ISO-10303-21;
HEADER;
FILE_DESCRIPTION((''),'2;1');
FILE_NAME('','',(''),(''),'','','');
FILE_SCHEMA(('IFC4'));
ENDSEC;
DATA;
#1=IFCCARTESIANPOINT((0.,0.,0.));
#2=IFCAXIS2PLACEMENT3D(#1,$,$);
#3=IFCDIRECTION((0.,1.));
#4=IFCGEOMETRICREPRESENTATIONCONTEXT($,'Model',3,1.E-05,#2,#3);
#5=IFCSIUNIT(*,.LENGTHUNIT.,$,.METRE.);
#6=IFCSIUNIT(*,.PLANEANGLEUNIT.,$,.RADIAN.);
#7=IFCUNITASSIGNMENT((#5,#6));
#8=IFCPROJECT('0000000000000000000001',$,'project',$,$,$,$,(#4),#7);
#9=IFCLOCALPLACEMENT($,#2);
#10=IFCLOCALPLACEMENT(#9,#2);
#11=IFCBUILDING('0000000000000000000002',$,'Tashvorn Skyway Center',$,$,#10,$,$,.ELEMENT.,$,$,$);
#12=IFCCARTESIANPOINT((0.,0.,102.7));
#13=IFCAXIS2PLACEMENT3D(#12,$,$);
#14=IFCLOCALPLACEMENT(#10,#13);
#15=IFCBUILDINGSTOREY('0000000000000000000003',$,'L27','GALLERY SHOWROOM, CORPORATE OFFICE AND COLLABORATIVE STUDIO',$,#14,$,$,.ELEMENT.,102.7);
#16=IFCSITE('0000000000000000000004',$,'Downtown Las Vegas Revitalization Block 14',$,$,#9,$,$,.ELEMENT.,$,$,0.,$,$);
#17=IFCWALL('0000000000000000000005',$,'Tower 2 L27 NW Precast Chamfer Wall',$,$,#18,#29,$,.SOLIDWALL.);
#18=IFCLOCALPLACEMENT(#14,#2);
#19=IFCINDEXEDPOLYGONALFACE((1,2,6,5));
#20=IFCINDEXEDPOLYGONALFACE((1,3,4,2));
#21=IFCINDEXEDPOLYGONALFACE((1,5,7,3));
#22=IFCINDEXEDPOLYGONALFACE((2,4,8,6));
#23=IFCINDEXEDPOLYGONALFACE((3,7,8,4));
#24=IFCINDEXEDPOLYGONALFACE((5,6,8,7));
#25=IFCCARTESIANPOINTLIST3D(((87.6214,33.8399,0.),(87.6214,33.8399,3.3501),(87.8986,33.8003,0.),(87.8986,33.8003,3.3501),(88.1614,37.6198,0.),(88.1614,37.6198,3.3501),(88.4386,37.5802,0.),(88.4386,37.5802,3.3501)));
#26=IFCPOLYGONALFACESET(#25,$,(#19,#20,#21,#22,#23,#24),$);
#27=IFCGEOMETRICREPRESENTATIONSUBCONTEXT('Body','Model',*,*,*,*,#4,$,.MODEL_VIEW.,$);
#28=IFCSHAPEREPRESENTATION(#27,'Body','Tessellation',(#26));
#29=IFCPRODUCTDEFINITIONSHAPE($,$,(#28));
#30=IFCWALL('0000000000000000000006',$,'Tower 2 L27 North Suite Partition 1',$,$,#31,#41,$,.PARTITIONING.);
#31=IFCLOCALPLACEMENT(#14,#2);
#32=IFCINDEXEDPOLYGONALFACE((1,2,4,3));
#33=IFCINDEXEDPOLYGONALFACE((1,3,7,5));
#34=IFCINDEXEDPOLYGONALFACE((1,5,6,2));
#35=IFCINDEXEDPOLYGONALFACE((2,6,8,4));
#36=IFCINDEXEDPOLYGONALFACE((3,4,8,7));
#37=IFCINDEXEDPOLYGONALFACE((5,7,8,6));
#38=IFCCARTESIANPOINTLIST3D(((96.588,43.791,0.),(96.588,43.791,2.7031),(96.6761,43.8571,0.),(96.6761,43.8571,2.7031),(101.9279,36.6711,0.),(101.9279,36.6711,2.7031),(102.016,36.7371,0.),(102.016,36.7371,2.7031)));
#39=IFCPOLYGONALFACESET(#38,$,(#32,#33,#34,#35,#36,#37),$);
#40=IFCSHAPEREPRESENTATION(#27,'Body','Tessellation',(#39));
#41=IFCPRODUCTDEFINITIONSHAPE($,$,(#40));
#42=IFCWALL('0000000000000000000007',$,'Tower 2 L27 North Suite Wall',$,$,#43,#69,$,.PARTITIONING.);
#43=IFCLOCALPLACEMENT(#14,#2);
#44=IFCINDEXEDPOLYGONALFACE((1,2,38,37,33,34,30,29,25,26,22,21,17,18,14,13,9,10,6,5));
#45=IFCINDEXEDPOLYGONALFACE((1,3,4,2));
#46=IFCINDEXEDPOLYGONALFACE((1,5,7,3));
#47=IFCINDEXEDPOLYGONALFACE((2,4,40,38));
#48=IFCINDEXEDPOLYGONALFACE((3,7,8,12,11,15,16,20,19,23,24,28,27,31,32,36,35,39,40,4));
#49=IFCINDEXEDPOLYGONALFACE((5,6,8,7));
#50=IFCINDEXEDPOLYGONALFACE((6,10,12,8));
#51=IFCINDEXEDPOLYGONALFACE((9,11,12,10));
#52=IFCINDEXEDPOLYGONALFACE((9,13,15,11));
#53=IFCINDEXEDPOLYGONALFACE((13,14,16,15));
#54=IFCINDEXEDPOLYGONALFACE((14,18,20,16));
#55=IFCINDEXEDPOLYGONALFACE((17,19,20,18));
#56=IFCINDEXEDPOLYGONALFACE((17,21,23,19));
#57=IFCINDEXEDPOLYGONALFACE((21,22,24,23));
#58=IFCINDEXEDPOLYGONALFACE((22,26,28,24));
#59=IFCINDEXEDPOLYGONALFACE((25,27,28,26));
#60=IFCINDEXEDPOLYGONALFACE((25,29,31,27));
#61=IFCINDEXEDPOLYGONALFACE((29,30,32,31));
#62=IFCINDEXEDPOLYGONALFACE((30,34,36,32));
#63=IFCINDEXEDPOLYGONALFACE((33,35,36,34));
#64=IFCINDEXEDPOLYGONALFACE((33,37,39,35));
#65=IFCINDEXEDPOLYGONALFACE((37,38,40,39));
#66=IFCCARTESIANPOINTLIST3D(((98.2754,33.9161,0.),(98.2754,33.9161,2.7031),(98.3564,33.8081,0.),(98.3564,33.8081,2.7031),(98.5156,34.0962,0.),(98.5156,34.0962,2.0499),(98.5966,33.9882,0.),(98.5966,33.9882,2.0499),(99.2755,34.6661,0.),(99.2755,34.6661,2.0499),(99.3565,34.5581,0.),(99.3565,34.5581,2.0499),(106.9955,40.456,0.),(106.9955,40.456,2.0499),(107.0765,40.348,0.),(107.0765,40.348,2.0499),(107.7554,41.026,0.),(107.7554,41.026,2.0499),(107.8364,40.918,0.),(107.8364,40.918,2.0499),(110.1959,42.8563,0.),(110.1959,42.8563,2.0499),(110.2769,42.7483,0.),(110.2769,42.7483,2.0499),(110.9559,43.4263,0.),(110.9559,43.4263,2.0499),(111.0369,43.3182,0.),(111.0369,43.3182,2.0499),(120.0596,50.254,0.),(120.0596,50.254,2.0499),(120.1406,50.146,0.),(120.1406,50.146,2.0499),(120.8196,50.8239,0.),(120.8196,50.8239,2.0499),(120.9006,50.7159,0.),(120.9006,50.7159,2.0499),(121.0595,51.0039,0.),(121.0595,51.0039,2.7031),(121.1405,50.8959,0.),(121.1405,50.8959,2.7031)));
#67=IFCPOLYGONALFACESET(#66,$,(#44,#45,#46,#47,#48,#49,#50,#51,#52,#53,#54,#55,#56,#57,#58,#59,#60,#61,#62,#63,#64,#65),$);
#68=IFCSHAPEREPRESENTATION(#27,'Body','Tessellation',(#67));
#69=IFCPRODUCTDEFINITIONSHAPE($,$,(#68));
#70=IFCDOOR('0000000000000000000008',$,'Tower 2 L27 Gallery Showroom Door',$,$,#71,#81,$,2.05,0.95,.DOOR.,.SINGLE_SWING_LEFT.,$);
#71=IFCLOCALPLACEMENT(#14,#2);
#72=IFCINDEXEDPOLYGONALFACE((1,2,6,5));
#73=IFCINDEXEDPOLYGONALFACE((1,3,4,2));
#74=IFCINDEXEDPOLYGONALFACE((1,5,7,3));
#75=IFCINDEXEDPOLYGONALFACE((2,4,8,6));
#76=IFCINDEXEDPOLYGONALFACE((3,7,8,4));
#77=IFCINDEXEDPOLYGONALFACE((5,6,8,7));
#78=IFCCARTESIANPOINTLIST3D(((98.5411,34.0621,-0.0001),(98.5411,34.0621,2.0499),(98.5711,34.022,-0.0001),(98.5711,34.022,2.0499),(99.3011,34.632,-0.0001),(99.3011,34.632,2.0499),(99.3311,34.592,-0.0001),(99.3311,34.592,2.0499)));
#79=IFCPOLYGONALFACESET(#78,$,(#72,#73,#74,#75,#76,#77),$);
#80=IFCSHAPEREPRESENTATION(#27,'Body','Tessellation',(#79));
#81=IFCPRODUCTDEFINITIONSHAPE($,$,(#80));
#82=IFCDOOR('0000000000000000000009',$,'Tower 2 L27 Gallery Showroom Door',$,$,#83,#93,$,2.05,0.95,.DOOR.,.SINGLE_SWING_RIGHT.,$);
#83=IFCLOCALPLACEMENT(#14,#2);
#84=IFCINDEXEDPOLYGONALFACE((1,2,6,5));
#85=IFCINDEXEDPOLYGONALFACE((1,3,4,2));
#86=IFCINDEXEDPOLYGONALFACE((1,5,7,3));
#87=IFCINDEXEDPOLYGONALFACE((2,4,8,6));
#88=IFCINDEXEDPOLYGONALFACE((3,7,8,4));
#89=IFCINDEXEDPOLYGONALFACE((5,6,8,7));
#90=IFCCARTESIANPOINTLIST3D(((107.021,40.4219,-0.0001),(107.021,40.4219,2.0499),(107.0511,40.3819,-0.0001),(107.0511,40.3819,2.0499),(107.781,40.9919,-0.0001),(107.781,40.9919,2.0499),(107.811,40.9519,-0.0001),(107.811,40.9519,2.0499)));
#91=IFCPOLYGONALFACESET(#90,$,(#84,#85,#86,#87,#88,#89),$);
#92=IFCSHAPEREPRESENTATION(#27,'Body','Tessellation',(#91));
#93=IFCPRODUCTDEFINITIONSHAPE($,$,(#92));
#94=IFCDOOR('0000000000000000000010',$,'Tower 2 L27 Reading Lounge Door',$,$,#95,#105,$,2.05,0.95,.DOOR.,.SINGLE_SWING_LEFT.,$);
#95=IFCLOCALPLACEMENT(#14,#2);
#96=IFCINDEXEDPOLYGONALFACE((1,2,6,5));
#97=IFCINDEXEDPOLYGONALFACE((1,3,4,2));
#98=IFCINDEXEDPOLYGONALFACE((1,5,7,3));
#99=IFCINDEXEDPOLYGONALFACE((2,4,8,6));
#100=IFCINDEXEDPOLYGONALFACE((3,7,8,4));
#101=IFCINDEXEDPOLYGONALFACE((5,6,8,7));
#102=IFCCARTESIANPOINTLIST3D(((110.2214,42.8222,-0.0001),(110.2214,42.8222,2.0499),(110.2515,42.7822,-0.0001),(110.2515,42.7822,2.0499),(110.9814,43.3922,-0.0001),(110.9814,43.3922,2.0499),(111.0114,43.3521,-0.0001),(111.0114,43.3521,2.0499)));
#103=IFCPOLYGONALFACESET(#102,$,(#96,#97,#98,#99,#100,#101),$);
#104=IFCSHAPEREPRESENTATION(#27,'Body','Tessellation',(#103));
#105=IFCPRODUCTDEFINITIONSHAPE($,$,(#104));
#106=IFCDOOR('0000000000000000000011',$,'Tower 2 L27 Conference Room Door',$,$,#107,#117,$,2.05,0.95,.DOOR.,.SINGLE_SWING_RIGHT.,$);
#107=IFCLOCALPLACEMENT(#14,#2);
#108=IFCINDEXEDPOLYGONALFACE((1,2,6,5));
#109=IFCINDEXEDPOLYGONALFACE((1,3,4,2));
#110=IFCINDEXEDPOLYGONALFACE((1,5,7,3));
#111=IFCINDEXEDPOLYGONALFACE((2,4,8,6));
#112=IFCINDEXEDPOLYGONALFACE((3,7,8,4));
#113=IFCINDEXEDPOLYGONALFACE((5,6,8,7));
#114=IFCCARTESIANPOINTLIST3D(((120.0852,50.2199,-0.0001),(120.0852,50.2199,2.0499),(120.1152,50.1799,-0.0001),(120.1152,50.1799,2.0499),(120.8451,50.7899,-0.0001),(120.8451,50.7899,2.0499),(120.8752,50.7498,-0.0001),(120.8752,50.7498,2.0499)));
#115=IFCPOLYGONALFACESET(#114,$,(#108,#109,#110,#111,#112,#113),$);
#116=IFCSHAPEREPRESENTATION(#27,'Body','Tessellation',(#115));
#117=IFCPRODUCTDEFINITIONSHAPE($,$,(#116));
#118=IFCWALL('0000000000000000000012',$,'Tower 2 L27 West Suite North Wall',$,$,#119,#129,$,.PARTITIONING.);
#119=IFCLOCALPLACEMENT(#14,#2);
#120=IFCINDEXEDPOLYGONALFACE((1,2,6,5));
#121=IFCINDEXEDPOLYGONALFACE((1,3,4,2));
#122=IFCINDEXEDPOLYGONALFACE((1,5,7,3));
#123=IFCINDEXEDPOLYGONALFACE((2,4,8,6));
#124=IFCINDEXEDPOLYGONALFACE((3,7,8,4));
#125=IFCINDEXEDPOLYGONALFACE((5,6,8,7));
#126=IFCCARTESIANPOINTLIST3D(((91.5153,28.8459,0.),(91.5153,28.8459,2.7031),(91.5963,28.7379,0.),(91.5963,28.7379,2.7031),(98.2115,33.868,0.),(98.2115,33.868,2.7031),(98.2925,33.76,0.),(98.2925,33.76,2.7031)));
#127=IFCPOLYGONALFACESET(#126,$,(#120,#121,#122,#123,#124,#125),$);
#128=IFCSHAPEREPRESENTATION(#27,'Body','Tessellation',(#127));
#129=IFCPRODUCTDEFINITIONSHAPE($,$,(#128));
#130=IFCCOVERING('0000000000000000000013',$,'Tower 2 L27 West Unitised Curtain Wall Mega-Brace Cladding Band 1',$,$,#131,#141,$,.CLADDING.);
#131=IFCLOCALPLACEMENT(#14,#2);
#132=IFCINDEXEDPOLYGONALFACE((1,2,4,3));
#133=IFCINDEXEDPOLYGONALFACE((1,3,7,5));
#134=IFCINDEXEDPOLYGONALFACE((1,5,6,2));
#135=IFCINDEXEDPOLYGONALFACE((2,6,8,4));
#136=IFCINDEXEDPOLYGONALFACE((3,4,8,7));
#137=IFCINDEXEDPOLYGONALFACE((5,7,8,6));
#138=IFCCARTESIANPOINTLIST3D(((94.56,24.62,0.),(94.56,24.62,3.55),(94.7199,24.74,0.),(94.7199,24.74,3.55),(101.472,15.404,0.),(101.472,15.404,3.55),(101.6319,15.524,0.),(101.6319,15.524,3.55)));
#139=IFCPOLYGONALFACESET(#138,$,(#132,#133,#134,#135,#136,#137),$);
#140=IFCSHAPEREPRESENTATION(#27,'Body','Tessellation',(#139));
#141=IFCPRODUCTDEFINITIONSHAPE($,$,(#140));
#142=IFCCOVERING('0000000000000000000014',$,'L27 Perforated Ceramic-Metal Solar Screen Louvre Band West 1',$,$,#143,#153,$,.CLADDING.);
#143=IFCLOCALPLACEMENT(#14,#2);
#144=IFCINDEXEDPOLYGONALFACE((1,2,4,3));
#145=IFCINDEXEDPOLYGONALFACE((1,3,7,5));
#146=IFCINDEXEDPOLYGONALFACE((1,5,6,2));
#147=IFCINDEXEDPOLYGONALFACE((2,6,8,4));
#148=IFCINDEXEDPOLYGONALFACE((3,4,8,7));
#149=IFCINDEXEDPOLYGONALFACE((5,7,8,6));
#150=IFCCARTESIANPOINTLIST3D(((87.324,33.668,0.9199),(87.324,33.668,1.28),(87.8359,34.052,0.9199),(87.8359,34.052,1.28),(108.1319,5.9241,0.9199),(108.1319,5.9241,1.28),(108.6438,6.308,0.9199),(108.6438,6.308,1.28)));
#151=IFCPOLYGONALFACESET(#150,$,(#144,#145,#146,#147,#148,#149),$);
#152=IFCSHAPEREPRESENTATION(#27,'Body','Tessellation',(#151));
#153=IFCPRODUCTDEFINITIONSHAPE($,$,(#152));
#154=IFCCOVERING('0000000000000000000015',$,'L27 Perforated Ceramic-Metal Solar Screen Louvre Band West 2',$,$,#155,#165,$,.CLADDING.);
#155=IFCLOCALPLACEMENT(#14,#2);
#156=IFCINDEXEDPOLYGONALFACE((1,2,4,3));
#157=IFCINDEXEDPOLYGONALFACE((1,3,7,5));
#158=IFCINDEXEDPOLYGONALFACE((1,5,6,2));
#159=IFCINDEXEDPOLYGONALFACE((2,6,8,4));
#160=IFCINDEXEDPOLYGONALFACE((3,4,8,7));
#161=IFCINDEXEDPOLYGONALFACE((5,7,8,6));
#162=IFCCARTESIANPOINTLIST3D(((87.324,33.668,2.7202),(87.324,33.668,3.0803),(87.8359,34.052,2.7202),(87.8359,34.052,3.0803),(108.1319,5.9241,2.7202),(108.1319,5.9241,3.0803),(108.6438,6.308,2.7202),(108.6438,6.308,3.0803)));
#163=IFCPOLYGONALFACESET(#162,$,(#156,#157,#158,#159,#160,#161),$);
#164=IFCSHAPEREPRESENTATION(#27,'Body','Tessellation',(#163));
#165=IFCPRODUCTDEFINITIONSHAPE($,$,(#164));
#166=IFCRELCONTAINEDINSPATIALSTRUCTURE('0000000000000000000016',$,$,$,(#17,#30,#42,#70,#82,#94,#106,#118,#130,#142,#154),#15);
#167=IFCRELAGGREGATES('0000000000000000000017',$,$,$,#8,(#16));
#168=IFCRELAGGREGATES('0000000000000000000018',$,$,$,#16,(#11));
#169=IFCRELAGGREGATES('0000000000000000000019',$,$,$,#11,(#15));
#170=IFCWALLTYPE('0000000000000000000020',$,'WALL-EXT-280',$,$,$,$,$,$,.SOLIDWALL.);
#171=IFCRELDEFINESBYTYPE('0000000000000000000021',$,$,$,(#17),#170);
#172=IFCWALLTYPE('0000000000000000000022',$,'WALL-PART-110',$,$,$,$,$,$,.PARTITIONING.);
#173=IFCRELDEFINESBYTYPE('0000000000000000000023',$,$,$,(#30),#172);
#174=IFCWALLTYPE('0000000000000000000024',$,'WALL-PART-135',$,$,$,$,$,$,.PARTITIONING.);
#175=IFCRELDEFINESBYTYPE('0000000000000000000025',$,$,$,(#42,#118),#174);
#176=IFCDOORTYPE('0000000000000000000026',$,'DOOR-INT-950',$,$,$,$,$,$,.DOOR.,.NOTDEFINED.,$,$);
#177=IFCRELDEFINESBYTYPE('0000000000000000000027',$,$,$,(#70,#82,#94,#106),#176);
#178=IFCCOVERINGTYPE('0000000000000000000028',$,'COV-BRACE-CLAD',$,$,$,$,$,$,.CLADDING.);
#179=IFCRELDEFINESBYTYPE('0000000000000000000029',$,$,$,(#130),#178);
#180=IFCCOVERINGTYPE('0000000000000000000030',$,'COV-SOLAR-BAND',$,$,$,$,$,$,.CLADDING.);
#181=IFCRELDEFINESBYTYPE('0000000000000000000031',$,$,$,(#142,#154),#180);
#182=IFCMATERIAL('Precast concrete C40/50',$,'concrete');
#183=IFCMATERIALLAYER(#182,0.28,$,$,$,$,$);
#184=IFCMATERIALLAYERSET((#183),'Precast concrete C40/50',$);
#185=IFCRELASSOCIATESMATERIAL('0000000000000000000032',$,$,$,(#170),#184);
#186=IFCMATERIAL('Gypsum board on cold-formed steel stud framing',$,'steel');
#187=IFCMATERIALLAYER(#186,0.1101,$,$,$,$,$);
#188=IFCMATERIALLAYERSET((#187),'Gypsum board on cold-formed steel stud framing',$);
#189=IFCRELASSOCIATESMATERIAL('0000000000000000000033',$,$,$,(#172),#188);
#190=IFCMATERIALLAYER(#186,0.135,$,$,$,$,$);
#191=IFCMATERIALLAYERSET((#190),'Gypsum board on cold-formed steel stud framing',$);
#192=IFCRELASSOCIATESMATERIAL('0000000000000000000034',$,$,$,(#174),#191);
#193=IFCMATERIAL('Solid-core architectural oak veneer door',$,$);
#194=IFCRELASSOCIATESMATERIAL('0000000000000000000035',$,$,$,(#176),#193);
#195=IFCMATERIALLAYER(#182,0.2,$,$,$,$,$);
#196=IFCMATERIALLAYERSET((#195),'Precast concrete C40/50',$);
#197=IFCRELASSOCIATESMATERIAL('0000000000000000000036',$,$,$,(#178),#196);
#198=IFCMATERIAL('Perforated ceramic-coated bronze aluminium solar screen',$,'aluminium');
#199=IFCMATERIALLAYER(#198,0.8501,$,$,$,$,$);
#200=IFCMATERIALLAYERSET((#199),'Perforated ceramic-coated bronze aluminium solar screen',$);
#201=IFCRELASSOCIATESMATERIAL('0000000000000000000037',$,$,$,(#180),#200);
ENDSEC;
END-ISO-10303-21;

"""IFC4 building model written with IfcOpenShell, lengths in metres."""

from ifc_helpers import new_model, si_unit, direction, frame, frame_2d, origin, origin_2d, place, context, subcontext, project, spatial, rectangle, extrude, material, layer, layer_set, type_object, element, fill, save


model = new_model("IFC4")

# Units and contexts
model_context = context("Model", 3, precision=1e-05, world=origin(), true_north=direction((0.0, 1.0)))
body_context = subcontext(model_context, "Body", "Model", "MODEL_VIEW")
ifc_project = project(units=[si_unit("LENGTHUNIT", "METRE"), si_unit("PLANEANGLEUNIT", "RADIAN")], contexts=[model_context])

# Site, building, storey
site_placement = place(None, origin())
site = spatial("IfcSite", under=ifc_project, at=site_placement, Name="Downtown Las Vegas Revitalization Block 14", CompositionType="ELEMENT", RefElevation=0.0)
building_placement = place(site_placement, origin())
building = spatial("IfcBuilding", under=site, at=building_placement, Name="Tashvorn Skyway Center", CompositionType="ELEMENT")
storey_placement = place(building_placement, frame((0.0, 0.0, 102.7)))
storey = spatial("IfcBuildingStorey", under=building, at=storey_placement, Name="L27", Description="GALLERY SHOWROOM, CORPORATE OFFICE AND COLLABORATIVE STUDIO", CompositionType="ELEMENT", Elevation=102.7)

# Walls
ifc_material_1 = material(Name="Precast concrete C40/50", Category="concrete")
ifc_layer_1 = layer(ifc_material_1, 0.28)
ifc_layer_set_1 = layer_set([ifc_layer_1], Name="Precast concrete C40/50")
wall_type_1 = type_object("IfcWallType", Name="WALL-EXT-280", PredefinedType="SOLIDWALL", material=ifc_layer_set_1)
wall_1_placement = place(storey_placement, frame((87.76, 33.8201, 0.0), z_axis=(0.0, 0.0, 1.0), x_axis=(0.14143, 0.989948, 0.0)))
element("IfcWall", 1, at=wall_1_placement, inside=storey, type_object=wall_type_1, Name="Tower 2 L27 NW Precast Chamfer Wall", PredefinedType="SOLIDWALL", context=body_context, shape_type="SweptSolid", body=[
    extrude(rectangle(XDim=3.8184, YDim=0.28, at=frame_2d((1.9092, 0.0))), origin(), (0.0, 0.0, 1.0), 3.3501),
])
ifc_material_2 = material(Name="Gypsum board on cold-formed steel stud framing", Category="steel")
ifc_layer_2 = layer(ifc_material_2, 0.1101)
ifc_layer_set_2 = layer_set([ifc_layer_2], Name="Gypsum board on cold-formed steel stud framing")
wall_type_2 = type_object("IfcWallType", Name="WALL-PART-110", PredefinedType="PARTITIONING", material=ifc_layer_set_2)
wall_2_placement = place(storey_placement, frame((101.9719, 36.7041, 0.0), z_axis=(0.0, 0.0, 1.0), x_axis=(-0.599996, 0.800003, 0.0)))
element("IfcWall", 2, at=wall_2_placement, inside=storey, type_object=wall_type_2, Name="Tower 2 L27 North Suite Partition 1", PredefinedType="PARTITIONING", context=body_context, shape_type="SweptSolid", body=[
    extrude(rectangle(XDim=8.8999, YDim=0.1101, at=frame_2d((4.45, 0.0))), origin(), (0.0, 0.0, 1.0), 2.7031),
])

# Wall, openings, doors
ifc_layer_3 = layer(ifc_material_2, 0.135)
ifc_layer_set_3 = layer_set([ifc_layer_3], Name="Gypsum board on cold-formed steel stud framing")
wall_type_3 = type_object("IfcWallType", Name="WALL-PART-135", PredefinedType="PARTITIONING", material=ifc_layer_set_3)
wall_3_placement = place(storey_placement, frame((98.3159, 33.8621, 0.0), z_axis=(0.0, 0.0, 1.0), x_axis=(0.800004, 0.599995, 0.0)))
wall_3 = element("IfcWall", 3, at=wall_3_placement, inside=storey, type_object=wall_type_3, Name="Tower 2 L27 North Suite Wall", PredefinedType="PARTITIONING", context=body_context, shape_type="SweptSolid", body=[
    extrude(rectangle(XDim=28.48, YDim=0.135, at=frame_2d((14.24, 0.0))), origin(), (0.0, 0.0, 1.0), 2.7031),
])
opening_1_placement = place(wall_3_placement, frame((0.3, 0.0, 0.0)))
opening_1 = element("IfcOpeningElement", 4, at=opening_1_placement, cuts=wall_3, PredefinedType="OPENING", context=body_context, shape_type="SweptSolid", body=[
    extrude(rectangle(XDim=0.95, YDim=2.05, at=frame_2d((0.4751, 1.0249))), frame((0.0, 0.0774, 0.0), z_axis=(0.0, -1.0, 0.0), x_axis=(1.0, 0.0, 0.0)), (0.0, 0.0, 1.0), 0.155),
])
opening_2_placement = place(wall_3_placement, frame((10.8999, 0.0, 0.0)))
opening_2 = element("IfcOpeningElement", 5, at=opening_2_placement, cuts=wall_3, PredefinedType="OPENING", context=body_context, shape_type="SweptSolid", body=[
    extrude(rectangle(XDim=0.95, YDim=2.05, at=frame_2d((0.4751, 1.0249))), frame((0.0, 0.0774, 0.0), z_axis=(0.0, -1.0, 0.0), x_axis=(1.0, 0.0, 0.0)), (0.0, 0.0, 1.0), 0.155),
])
opening_3_placement = place(wall_3_placement, frame((14.9004, 0.0, 0.0)))
opening_3 = element("IfcOpeningElement", 6, at=opening_3_placement, cuts=wall_3, PredefinedType="OPENING", context=body_context, shape_type="SweptSolid", body=[
    extrude(rectangle(XDim=0.95, YDim=2.05, at=frame_2d((0.4751, 1.0249))), frame((0.0, 0.0774, 0.0), z_axis=(0.0, -1.0, 0.0), x_axis=(1.0, 0.0, 0.0)), (0.0, 0.0, 1.0), 0.155),
])
opening_4_placement = place(wall_3_placement, frame((27.23, 0.0, 0.0)))
opening_4 = element("IfcOpeningElement", 7, at=opening_4_placement, cuts=wall_3, PredefinedType="OPENING", context=body_context, shape_type="SweptSolid", body=[
    extrude(rectangle(XDim=0.95, YDim=2.05, at=frame_2d((0.4751, 1.0249))), frame((0.0, 0.0774, 0.0), z_axis=(0.0, -1.0, 0.0), x_axis=(1.0, 0.0, 0.0)), (0.0, 0.0, 1.0), 0.155),
])
ifc_material_3 = material(Name="Solid-core architectural oak veneer door")
door_type = type_object("IfcDoorType", Name="DOOR-INT-950", OperationType="NOTDEFINED", PredefinedType="DOOR", material=ifc_material_3)
door_1_placement = place(opening_1_placement, origin())
door_1 = element("IfcDoor", 8, at=door_1_placement, inside=storey, type_object=door_type, Name="Tower 2 L27 Gallery Showroom Door", OperationType="SINGLE_SWING_LEFT", OverallHeight=2.05, OverallWidth=0.95, PredefinedType="DOOR", context=body_context, shape_type="SweptSolid", body=[
    extrude(rectangle(XDim=0.95, YDim=2.05, at=frame_2d((0.4751, 1.0249))), frame((0.0, 0.0249, 0.0), z_axis=(0.0, -1.0, 0.0), x_axis=(1.0, 0.0, 0.0)), (0.0, 0.0, 1.0), 0.05),
])
fill(opening_1, door_1)
door_2_placement = place(opening_2_placement, origin())
door_2 = element("IfcDoor", 9, at=door_2_placement, inside=storey, type_object=door_type, Name="Tower 2 L27 Gallery Showroom Door", OperationType="SINGLE_SWING_RIGHT", OverallHeight=2.05, OverallWidth=0.95, PredefinedType="DOOR", context=body_context, shape_type="SweptSolid", body=[
    extrude(rectangle(XDim=0.95, YDim=2.05, at=frame_2d((0.4751, 1.0249))), frame((0.0, 0.0249, 0.0), z_axis=(0.0, -1.0, 0.0), x_axis=(1.0, 0.0, 0.0)), (0.0, 0.0, 1.0), 0.05),
])
fill(opening_2, door_2)
door_3_placement = place(opening_3_placement, origin())
door_3 = element("IfcDoor", 10, at=door_3_placement, inside=storey, type_object=door_type, Name="Tower 2 L27 Reading Lounge Door", OperationType="SINGLE_SWING_LEFT", OverallHeight=2.05, OverallWidth=0.95, PredefinedType="DOOR", context=body_context, shape_type="SweptSolid", body=[
    extrude(rectangle(XDim=0.95, YDim=2.05, at=frame_2d((0.4751, 1.0249))), frame((0.0, 0.0249, 0.0), z_axis=(0.0, -1.0, 0.0), x_axis=(1.0, 0.0, 0.0)), (0.0, 0.0, 1.0), 0.05),
])
fill(opening_3, door_3)
door_4_placement = place(opening_4_placement, origin())
door_4 = element("IfcDoor", 11, at=door_4_placement, inside=storey, type_object=door_type, Name="Tower 2 L27 Conference Room Door", OperationType="SINGLE_SWING_RIGHT", OverallHeight=2.05, OverallWidth=0.95, PredefinedType="DOOR", context=body_context, shape_type="SweptSolid", body=[
    extrude(rectangle(XDim=0.95, YDim=2.05, at=frame_2d((0.4751, 1.0249))), frame((0.0, 0.0249, 0.0), z_axis=(0.0, -1.0, 0.0), x_axis=(1.0, 0.0, 0.0)), (0.0, 0.0, 1.0), 0.05),
])
fill(opening_4, door_4)

# Wall
wall_4_placement = place(storey_placement, frame((98.252, 33.814, 0.0), z_axis=(0.0, 0.0, 1.0), x_axis=(-0.800004, -0.599995, 0.0)))
element("IfcWall", 12, at=wall_4_placement, inside=storey, type_object=wall_type_3, Name="Tower 2 L27 West Suite North Wall", PredefinedType="PARTITIONING", context=body_context, shape_type="SweptSolid", body=[
    extrude(rectangle(XDim=8.3701, YDim=0.135, at=frame_2d((4.1851, 0.0))), origin(), (0.0, 0.0, 1.0), 2.7031),
])

# Coverings
ifc_layer_4 = layer(ifc_material_1, 0.2)
ifc_layer_set_4 = layer_set([ifc_layer_4], Name="Precast concrete C40/50")
covering_type_1 = type_object("IfcCoveringType", Name="COV-BRACE-CLAD", PredefinedType="CLADDING", material=ifc_layer_set_4)
covering_1_placement = place(storey_placement, frame((98.0959, 20.072, 0.0), z_axis=(0.0, 0.0, 1.0), x_axis=(-0.6, 0.8, 0.0)))
element("IfcCovering", 13, at=covering_1_placement, inside=storey, type_object=covering_type_1, Name="Tower 2 L27 West Unitised Curtain Wall Mega-Brace Cladding Band 1", PredefinedType="CLADDING", context=body_context, shape_type="SweptSolid", body=[
    extrude(rectangle(XDim=11.52, YDim=0.2, at=origin_2d()), origin(), (0.0, 0.0, 1.0), 3.55),
])
ifc_material_4 = material(Name="Perforated ceramic-coated bronze aluminium solar screen", Category="aluminium")
ifc_layer_5 = layer(ifc_material_4, 0.8501)
ifc_layer_set_5 = layer_set([ifc_layer_5], Name="Perforated ceramic-coated bronze aluminium solar screen")
covering_type_2 = type_object("IfcCoveringType", Name="COV-SOLAR-BAND", PredefinedType="CLADDING", material=ifc_layer_set_5)
for number, where, z_axis, x_axis, name in (
    (14, (97.9839, 19.988, 0.9199), (0.0, 0.0, 1.0), (-0.6, 0.8, 0.0), "L27 Perforated Ceramic-Metal Solar Screen Louvre Band West 1"),
    (15, (97.9839, 19.988, 2.7202), (0.0, 0.0, 1.0), (-0.6, 0.8, 0.0), "L27 Perforated Ceramic-Metal Solar Screen Louvre Band West 2"),
):
    element("IfcCovering", number, at=place(storey_placement, frame(where, z_axis=z_axis, x_axis=x_axis)), inside=storey, type_object=covering_type_2, Name=name, PredefinedType="CLADDING", context=body_context, shape_type="SweptSolid", body=[
        extrude(rectangle(XDim=34.6799, YDim=0.6399, at=origin_2d()), origin(), (0.0, 0.0, 1.0), 0.3601),
    ])

save(model, "model.ifc")
